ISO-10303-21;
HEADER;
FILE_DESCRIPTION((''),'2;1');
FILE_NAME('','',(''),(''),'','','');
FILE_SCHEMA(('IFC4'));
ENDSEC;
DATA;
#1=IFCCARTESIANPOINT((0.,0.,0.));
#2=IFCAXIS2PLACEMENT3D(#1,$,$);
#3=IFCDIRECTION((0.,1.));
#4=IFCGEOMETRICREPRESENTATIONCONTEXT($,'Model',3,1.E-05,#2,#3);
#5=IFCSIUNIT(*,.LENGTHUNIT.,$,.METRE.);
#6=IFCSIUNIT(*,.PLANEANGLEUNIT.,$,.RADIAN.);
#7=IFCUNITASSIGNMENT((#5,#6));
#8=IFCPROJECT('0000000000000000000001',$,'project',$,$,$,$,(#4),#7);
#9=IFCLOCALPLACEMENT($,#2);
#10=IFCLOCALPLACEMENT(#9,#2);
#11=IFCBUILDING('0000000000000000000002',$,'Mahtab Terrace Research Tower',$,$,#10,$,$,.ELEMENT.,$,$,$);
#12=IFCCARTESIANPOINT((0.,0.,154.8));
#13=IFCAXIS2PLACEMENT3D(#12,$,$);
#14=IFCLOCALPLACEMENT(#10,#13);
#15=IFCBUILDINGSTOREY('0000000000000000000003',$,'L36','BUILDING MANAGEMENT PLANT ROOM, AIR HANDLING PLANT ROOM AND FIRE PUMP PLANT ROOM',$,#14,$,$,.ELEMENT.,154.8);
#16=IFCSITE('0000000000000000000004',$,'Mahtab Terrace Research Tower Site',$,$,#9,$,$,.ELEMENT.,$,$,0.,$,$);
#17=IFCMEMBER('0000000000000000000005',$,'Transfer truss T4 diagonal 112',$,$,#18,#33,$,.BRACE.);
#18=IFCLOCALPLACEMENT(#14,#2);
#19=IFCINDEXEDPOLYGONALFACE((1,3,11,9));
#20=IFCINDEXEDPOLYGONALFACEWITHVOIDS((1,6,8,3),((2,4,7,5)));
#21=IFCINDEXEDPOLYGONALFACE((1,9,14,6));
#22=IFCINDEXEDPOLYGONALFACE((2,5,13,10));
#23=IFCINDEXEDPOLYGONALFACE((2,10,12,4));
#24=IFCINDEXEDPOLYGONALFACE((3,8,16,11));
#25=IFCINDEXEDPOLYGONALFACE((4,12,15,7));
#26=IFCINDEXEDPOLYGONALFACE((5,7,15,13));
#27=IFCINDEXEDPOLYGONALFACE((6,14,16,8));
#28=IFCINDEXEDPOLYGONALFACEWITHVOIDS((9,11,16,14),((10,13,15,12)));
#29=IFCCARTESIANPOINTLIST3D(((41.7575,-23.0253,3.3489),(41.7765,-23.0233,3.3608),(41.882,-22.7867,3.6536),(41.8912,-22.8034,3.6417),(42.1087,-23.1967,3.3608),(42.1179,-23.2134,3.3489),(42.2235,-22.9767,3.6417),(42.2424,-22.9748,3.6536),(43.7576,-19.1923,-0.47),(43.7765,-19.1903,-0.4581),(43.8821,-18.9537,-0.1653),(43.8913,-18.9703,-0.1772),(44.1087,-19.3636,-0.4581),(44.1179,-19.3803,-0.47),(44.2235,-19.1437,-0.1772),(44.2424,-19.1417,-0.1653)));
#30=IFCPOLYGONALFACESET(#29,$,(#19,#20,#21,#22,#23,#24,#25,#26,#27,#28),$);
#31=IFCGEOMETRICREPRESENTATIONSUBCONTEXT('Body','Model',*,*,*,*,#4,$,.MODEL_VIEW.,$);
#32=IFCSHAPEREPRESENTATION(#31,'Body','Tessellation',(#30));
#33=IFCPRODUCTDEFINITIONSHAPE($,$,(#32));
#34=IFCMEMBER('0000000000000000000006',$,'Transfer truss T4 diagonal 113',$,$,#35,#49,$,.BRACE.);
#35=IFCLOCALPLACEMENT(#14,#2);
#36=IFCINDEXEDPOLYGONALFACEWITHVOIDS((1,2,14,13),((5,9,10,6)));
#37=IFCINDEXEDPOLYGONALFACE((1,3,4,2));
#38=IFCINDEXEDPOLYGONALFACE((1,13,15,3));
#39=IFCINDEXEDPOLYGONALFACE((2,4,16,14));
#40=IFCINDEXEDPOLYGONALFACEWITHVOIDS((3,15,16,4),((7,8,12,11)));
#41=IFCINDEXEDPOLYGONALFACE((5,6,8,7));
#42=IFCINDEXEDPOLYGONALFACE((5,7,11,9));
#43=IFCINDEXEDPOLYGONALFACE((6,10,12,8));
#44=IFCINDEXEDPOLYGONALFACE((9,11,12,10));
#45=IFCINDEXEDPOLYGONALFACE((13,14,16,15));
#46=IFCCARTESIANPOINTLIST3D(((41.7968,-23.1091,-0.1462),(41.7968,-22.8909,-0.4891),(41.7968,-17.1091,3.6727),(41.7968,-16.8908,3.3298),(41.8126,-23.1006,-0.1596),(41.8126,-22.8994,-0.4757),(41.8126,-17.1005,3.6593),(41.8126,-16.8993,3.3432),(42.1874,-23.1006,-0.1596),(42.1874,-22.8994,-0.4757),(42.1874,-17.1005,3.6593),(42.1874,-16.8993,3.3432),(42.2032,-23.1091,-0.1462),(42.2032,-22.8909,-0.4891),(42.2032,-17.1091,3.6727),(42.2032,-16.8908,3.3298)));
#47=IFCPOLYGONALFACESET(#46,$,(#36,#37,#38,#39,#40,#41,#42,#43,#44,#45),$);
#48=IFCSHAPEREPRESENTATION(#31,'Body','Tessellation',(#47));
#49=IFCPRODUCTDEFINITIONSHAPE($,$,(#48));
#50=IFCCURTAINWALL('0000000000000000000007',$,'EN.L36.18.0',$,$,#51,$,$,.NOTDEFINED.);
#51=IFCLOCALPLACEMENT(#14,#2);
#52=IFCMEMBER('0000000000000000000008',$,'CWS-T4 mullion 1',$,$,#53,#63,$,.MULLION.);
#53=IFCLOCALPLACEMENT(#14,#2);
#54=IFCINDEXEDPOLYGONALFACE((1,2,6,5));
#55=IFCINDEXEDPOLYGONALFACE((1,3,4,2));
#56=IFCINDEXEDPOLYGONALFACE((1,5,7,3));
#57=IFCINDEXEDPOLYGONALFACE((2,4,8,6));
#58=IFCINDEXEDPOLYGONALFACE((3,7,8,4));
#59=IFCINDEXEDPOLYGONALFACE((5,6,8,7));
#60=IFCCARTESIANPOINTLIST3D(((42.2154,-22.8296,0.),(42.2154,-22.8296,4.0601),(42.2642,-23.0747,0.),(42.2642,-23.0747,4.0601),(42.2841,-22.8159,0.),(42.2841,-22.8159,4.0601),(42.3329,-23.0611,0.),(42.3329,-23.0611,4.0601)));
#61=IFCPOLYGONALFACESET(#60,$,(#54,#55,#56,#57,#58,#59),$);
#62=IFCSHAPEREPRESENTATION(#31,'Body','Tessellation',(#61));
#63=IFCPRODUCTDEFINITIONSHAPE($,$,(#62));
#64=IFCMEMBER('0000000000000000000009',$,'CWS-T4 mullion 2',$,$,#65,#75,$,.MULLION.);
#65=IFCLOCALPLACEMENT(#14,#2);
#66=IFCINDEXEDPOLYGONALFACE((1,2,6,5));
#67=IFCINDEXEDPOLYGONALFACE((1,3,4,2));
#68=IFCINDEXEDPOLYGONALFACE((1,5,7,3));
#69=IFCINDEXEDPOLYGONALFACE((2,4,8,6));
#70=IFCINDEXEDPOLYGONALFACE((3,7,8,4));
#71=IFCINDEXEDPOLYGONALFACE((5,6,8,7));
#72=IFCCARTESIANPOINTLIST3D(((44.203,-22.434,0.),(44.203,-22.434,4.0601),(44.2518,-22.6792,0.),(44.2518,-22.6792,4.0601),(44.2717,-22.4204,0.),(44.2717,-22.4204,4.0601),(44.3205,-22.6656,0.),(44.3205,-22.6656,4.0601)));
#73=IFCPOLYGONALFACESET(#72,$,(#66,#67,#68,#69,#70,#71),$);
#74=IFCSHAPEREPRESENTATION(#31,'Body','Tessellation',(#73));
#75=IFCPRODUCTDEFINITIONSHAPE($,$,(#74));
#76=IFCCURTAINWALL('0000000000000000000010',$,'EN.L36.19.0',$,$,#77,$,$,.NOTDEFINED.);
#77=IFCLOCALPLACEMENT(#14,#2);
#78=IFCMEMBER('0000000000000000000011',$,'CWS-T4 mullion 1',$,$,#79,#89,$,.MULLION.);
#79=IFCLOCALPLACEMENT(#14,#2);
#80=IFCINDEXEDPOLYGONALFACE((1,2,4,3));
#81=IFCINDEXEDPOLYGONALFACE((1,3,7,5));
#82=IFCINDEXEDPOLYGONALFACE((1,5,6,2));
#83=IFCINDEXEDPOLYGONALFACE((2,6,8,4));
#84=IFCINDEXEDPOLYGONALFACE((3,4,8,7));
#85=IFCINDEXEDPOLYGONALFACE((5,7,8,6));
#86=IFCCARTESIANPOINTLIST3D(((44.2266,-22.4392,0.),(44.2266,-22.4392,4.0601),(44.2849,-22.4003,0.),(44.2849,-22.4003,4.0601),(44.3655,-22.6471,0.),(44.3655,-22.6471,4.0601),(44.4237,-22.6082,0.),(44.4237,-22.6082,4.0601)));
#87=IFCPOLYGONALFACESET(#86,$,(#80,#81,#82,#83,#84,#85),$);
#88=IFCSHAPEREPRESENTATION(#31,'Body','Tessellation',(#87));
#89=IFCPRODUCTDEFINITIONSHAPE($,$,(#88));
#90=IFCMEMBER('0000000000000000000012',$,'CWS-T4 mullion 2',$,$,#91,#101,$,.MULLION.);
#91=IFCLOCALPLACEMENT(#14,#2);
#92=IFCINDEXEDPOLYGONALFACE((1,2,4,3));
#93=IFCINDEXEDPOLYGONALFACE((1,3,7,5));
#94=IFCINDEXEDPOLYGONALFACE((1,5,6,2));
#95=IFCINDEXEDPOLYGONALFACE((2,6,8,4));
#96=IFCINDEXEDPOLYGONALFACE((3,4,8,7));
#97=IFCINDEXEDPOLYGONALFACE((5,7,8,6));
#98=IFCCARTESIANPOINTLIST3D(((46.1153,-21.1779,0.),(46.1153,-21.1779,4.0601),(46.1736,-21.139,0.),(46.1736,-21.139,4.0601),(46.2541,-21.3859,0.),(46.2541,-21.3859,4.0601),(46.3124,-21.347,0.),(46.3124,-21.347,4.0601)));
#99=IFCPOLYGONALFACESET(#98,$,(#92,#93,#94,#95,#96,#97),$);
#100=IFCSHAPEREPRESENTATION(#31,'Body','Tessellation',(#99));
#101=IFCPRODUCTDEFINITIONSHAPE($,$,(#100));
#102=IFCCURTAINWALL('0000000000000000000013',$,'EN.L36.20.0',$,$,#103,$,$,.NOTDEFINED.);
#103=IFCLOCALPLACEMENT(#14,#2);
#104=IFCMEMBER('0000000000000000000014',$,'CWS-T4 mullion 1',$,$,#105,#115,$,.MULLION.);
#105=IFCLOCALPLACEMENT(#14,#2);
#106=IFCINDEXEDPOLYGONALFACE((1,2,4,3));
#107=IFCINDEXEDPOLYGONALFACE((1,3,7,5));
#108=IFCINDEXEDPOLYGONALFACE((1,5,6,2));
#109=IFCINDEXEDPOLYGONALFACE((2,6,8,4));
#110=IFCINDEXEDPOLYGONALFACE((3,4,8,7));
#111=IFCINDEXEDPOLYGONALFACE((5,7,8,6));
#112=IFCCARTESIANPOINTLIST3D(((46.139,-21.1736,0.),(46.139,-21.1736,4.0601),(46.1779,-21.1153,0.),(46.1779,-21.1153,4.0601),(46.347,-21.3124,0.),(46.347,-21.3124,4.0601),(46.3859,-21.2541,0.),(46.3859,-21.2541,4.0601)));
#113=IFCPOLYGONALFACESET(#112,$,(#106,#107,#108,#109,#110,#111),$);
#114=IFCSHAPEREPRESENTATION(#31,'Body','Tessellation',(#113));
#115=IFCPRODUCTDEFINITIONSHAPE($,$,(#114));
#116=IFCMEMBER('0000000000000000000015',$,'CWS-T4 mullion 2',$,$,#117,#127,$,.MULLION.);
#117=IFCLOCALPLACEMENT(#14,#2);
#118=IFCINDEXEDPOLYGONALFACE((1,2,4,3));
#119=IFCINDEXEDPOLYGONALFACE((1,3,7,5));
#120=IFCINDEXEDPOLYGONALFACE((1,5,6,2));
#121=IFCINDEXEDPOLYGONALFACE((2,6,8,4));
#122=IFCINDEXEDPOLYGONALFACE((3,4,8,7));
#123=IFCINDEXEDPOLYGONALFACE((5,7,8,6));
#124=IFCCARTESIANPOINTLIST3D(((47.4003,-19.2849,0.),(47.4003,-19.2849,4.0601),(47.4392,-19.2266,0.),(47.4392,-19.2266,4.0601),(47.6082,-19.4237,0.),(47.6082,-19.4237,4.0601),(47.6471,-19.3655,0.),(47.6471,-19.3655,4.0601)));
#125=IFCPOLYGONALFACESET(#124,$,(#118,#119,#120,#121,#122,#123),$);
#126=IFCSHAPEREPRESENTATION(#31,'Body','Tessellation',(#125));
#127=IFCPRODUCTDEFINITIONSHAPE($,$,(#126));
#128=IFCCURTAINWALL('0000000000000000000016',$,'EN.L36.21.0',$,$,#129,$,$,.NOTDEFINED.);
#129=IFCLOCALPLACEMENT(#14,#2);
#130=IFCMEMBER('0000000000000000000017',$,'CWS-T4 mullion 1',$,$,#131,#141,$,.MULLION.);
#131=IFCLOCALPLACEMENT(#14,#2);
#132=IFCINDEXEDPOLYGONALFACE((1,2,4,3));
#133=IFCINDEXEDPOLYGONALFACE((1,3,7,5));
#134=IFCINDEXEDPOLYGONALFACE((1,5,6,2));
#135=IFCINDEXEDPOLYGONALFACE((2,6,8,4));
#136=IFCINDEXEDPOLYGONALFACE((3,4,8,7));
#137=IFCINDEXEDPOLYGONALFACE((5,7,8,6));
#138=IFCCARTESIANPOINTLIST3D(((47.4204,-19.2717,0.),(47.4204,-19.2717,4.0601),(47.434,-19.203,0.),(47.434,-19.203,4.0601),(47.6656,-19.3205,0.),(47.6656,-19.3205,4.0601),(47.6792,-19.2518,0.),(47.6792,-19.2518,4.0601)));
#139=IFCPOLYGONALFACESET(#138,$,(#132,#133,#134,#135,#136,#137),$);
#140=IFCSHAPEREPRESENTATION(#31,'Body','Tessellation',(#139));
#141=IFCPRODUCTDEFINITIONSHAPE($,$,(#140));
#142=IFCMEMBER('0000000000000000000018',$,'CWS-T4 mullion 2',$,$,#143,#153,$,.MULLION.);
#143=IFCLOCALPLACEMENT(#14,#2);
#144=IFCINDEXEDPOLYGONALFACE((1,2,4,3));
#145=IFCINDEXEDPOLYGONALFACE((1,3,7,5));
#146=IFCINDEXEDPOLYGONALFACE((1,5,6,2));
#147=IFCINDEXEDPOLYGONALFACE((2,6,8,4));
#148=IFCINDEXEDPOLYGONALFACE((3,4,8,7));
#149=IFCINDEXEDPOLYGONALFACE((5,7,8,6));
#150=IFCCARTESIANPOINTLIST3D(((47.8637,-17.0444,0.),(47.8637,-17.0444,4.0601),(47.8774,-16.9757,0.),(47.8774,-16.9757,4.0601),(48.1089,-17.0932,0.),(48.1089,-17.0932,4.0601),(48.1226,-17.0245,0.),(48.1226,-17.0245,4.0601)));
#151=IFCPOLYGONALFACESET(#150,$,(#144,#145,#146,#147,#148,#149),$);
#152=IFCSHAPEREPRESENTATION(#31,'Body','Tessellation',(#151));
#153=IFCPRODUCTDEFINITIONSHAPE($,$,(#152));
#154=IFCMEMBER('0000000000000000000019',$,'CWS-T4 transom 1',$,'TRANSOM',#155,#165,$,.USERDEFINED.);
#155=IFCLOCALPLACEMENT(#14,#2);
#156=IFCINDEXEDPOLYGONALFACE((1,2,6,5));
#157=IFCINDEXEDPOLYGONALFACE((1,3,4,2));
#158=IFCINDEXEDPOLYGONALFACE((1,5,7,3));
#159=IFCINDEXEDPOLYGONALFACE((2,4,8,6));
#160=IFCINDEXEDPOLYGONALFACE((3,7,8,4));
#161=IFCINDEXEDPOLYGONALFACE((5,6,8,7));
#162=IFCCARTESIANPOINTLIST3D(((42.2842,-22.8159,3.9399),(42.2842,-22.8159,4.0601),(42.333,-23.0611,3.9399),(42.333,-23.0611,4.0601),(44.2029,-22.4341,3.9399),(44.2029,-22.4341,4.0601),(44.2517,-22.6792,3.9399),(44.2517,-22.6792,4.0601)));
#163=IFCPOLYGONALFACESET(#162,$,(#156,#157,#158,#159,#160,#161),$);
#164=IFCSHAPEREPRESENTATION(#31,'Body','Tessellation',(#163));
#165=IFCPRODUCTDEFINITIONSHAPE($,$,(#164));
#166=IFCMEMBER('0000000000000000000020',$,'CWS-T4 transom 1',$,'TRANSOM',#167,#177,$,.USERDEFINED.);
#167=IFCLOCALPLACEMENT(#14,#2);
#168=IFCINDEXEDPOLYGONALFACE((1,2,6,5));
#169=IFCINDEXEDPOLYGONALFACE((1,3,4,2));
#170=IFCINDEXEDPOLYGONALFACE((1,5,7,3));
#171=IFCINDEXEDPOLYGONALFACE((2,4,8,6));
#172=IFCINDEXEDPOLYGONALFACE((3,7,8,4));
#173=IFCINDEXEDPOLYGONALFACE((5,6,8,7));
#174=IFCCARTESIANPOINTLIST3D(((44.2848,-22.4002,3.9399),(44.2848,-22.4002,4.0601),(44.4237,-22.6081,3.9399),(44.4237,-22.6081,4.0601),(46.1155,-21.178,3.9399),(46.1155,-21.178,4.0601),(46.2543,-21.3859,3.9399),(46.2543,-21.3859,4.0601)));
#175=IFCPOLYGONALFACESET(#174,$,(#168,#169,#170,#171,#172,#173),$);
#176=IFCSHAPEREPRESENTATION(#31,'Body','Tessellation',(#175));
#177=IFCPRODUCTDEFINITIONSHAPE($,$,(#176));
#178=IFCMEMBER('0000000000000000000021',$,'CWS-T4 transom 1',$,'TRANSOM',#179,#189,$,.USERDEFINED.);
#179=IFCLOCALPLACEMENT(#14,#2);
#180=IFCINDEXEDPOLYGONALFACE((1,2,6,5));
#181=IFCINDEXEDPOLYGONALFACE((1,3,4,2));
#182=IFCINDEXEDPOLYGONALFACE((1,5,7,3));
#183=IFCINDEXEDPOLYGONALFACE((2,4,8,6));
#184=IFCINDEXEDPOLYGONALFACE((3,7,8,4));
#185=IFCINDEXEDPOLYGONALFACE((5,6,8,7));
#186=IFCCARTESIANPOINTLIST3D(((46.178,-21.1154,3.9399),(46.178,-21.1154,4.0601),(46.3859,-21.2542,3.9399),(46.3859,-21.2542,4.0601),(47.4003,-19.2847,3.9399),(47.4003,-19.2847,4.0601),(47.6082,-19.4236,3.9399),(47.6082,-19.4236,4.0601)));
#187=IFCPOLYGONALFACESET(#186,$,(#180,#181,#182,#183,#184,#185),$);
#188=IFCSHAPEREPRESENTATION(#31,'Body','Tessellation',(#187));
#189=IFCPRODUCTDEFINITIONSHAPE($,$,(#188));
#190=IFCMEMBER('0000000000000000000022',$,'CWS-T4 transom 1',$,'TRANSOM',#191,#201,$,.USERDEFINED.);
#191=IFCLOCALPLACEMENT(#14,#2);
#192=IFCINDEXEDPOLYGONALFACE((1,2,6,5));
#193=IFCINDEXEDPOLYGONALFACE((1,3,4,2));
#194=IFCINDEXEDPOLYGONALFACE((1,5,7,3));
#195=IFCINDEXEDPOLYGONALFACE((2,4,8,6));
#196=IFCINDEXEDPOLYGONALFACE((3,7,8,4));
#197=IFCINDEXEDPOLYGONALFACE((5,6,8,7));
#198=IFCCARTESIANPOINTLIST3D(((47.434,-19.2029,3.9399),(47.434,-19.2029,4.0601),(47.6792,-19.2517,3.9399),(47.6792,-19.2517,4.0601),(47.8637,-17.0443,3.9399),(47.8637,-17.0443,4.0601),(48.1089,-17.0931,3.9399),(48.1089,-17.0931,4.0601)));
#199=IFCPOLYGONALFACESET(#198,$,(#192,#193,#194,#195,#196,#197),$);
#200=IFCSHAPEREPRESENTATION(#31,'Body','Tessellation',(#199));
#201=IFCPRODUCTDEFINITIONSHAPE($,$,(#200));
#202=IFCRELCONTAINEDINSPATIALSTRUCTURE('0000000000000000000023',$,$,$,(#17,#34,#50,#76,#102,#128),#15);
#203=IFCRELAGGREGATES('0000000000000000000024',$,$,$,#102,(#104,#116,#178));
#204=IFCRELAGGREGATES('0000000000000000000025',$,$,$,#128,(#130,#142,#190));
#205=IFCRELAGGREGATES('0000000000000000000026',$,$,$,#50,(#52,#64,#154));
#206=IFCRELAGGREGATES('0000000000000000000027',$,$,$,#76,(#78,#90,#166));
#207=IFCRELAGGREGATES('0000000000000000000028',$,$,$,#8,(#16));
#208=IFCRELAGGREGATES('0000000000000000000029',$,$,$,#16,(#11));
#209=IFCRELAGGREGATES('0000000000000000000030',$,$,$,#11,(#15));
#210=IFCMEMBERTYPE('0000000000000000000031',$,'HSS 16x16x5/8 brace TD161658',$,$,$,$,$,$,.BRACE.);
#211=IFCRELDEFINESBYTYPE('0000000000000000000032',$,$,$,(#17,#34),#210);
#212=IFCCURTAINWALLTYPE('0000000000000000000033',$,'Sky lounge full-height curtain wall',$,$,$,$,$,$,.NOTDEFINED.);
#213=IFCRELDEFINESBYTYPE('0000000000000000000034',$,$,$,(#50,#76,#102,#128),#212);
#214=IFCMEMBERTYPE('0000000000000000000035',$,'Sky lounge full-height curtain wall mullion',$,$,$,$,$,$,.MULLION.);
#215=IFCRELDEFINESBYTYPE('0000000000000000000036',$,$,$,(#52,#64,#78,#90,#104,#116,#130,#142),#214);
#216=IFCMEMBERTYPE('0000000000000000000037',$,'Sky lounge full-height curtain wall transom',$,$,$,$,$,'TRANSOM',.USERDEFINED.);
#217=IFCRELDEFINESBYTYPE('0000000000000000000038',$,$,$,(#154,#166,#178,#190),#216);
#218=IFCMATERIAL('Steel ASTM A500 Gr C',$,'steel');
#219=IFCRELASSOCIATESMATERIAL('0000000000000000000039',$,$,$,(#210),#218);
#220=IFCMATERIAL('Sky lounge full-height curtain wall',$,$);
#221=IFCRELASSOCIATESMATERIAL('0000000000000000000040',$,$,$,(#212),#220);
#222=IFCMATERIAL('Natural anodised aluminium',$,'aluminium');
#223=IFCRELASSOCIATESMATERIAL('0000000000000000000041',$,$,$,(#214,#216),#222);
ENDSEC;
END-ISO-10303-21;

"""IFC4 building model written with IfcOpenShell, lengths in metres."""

from ifc_helpers import new_model, si_unit, direction, frame, origin, origin_2d, place, context, subcontext, project, spatial, rectangle, hollow_rectangle, extrude, material, material_profile, profile_set, type_object, element, aggregate, save


model = new_model("IFC4")

# Units and contexts
model_context = context("Model", 3, precision=1e-05, world=origin(), true_north=direction((0.0, 1.0)))
body_context = subcontext(model_context, "Body", "Model", "MODEL_VIEW")
ifc_project = project(units=[si_unit("LENGTHUNIT", "METRE"), si_unit("PLANEANGLEUNIT", "RADIAN")], contexts=[model_context])

# Site, building, storey
site_placement = place(None, origin())
site = spatial("IfcSite", under=ifc_project, at=site_placement, Name="Mahtab Terrace Research Tower Site", CompositionType="ELEMENT", RefElevation=0.0)
building_placement = place(site_placement, origin())
building = spatial("IfcBuilding", under=site, at=building_placement, Name="Mahtab Terrace Research Tower", CompositionType="ELEMENT")
storey_placement = place(building_placement, frame((0.0, 0.0, 154.8)))
storey = spatial("IfcBuildingStorey", under=building, at=storey_placement, Name="L36", Description="BUILDING MANAGEMENT PLANT ROOM, AIR HANDLING PLANT ROOM AND FIRE PUMP PLANT ROOM", CompositionType="ELEMENT", Elevation=154.8)

# Members
ifc_material_1 = material(Name="Steel ASTM A500 Gr C", Category="steel")
ifc_material_profile_1 = material_profile(ifc_material_1, hollow_rectangle(XDim=0.4065, YDim=0.4065, WallThickness=0.0159, at=origin_2d()), Name="HSS16X16X5/8")
ifc_profile_set_1 = profile_set([ifc_material_profile_1], Name="Steel ASTM A500 Gr C")
member_type_1 = type_object("IfcMemberType", Name="HSS 16x16x5/8 brace TD161658", PredefinedType="BRACE", material=ifc_profile_set_1)
member_1_placement = place(storey_placement, frame((44.0, -19.167, -0.3176), z_axis=(-0.346711, -0.664473, 0.662018), x_axis=(0.886569, -0.462597, 0.0)))
element("IfcMember", 1, at=member_1_placement, inside=storey, type_object=member_type_1, Name="Transfer truss T4 diagonal 112", PredefinedType="BRACE", context=body_context, shape_type="SweptSolid", body=[
    extrude(hollow_rectangle(XDim=0.4065, YDim=0.4065, WallThickness=0.0159, at=origin_2d()), origin(), (0.0, 0.0, 1.0), 5.7686),
])
member_2_placement = place(storey_placement, frame((42.0, -23.0, -0.3176), z_axis=(0.0, 0.843619, 0.536942), x_axis=(-1.0, 0.0, 0.0)))
element("IfcMember", 2, at=member_2_placement, inside=storey, type_object=member_type_1, Name="Transfer truss T4 diagonal 113", PredefinedType="BRACE", context=body_context, shape_type="SweptSolid", body=[
    extrude(hollow_rectangle(XDim=0.4065, YDim=0.4065, WallThickness=0.0159, at=origin_2d()), origin(), (0.0, 0.0, 1.0), 7.1123),
])

# Curtain walls, members
ifc_material_2 = material(Name="Sky lounge full-height curtain wall")
curtain_wall_type = type_object("IfcCurtainWallType", Name="Sky lounge full-height curtain wall", PredefinedType="NOTDEFINED", material=ifc_material_2)
curtain_wall_1_placement = place(storey_placement, origin())
curtain_wall_1 = element("IfcCurtainWall", 3, at=curtain_wall_1_placement, inside=storey, type_object=curtain_wall_type, Name="EN.L36.18.0", PredefinedType="NOTDEFINED")
ifc_material_3 = material(Name="Natural anodised aluminium", Category="aluminium")
ifc_material_profile_2 = material_profile(ifc_material_3, rectangle(XDim=0.25, YDim=0.0701, at=origin_2d()), Name="MULLION 70x250")
ifc_profile_set_2 = profile_set([ifc_material_profile_2], Name="Natural anodised aluminium")
member_type_2 = type_object("IfcMemberType", Name="Sky lounge full-height curtain wall mullion", PredefinedType="MULLION", material=ifc_profile_set_2)
member_3_placement = place(storey_placement, frame((42.2742, -22.9453, 0.0), z_axis=(0.0, 0.0, 1.0), x_axis=(-0.195212, 0.980761, 0.0)))
member_3 = element("IfcMember", 4, at=member_3_placement, type_object=member_type_2, Name="CWS-T4 mullion 1", PredefinedType="MULLION", context=body_context, shape_type="SweptSolid", body=[
    extrude(rectangle(XDim=0.25, YDim=0.0701, at=origin_2d()), origin(), (0.0, 0.0, 1.0), 4.0601),
])
member_4_placement = place(storey_placement, frame((44.2617, -22.5498, 0.0), z_axis=(0.0, 0.0, 1.0), x_axis=(-0.195212, 0.980761, 0.0)))
member_4 = element("IfcMember", 5, at=member_4_placement, type_object=member_type_2, Name="CWS-T4 mullion 2", PredefinedType="MULLION", context=body_context, shape_type="SweptSolid", body=[
    extrude(rectangle(XDim=0.25, YDim=0.0701, at=origin_2d()), origin(), (0.0, 0.0, 1.0), 4.0601),
])
curtain_wall_2_placement = place(storey_placement, origin())
curtain_wall_2 = element("IfcCurtainWall", 6, at=curtain_wall_2_placement, inside=storey, type_object=curtain_wall_type, Name="EN.L36.19.0", PredefinedType="NOTDEFINED")
member_5_placement = place(storey_placement, frame((44.3252, -22.5237, 0.0), z_axis=(0.0, 0.0, 1.0), x_axis=(-0.555291, 0.831656, 0.0)))
member_5 = element("IfcMember", 7, at=member_5_placement, type_object=member_type_2, Name="CWS-T4 mullion 1", PredefinedType="MULLION", context=body_context, shape_type="SweptSolid", body=[
    extrude(rectangle(XDim=0.25, YDim=0.0701, at=origin_2d()), origin(), (0.0, 0.0, 1.0), 4.0601),
])
member_6_placement = place(storey_placement, frame((46.2139, -21.2625, 0.0), z_axis=(0.0, 0.0, 1.0), x_axis=(-0.555291, 0.831656, 0.0)))
member_6 = element("IfcMember", 8, at=member_6_placement, type_object=member_type_2, Name="CWS-T4 mullion 2", PredefinedType="MULLION", context=body_context, shape_type="SweptSolid", body=[
    extrude(rectangle(XDim=0.25, YDim=0.0701, at=origin_2d()), origin(), (0.0, 0.0, 1.0), 4.0601),
])
curtain_wall_3_placement = place(storey_placement, origin())
curtain_wall_3 = element("IfcCurtainWall", 9, at=curtain_wall_3_placement, inside=storey, type_object=curtain_wall_type, Name="EN.L36.20.0", PredefinedType="NOTDEFINED")
member_7_placement = place(storey_placement, frame((46.2625, -21.2139, 0.0), z_axis=(0.0, 0.0, 1.0), x_axis=(-0.831656, 0.555291, 0.0)))
member_7 = element("IfcMember", 10, at=member_7_placement, type_object=member_type_2, Name="CWS-T4 mullion 1", PredefinedType="MULLION", context=body_context, shape_type="SweptSolid", body=[
    extrude(rectangle(XDim=0.25, YDim=0.0701, at=origin_2d()), origin(), (0.0, 0.0, 1.0), 4.0601),
])
member_8_placement = place(storey_placement, frame((47.5237, -19.3252, 0.0), z_axis=(0.0, 0.0, 1.0), x_axis=(-0.831656, 0.555291, 0.0)))
member_8 = element("IfcMember", 11, at=member_8_placement, type_object=member_type_2, Name="CWS-T4 mullion 2", PredefinedType="MULLION", context=body_context, shape_type="SweptSolid", body=[
    extrude(rectangle(XDim=0.25, YDim=0.0701, at=origin_2d()), origin(), (0.0, 0.0, 1.0), 4.0601),
])
curtain_wall_4_placement = place(storey_placement, origin())
curtain_wall_4 = element("IfcCurtainWall", 12, at=curtain_wall_4_placement, inside=storey, type_object=curtain_wall_type, Name="EN.L36.21.0", PredefinedType="NOTDEFINED")
member_9_placement = place(storey_placement, frame((47.5498, -19.2617, 0.0), z_axis=(0.0, 0.0, 1.0), x_axis=(-0.980761, 0.195212, 0.0)))
member_9 = element("IfcMember", 13, at=member_9_placement, type_object=member_type_2, Name="CWS-T4 mullion 1", PredefinedType="MULLION", context=body_context, shape_type="SweptSolid", body=[
    extrude(rectangle(XDim=0.25, YDim=0.0701, at=origin_2d()), origin(), (0.0, 0.0, 1.0), 4.0601),
])
member_10_placement = place(storey_placement, frame((47.9932, -17.0344, 0.0), z_axis=(0.0, 0.0, 1.0), x_axis=(-0.980761, 0.195212, 0.0)))
member_10 = element("IfcMember", 14, at=member_10_placement, type_object=member_type_2, Name="CWS-T4 mullion 2", PredefinedType="MULLION", context=body_context, shape_type="SweptSolid", body=[
    extrude(rectangle(XDim=0.25, YDim=0.0701, at=origin_2d()), origin(), (0.0, 0.0, 1.0), 4.0601),
])

# Members
ifc_material_profile_3 = material_profile(ifc_material_3, rectangle(XDim=0.25, YDim=0.1201, at=origin_2d()), Name="TRANSOM 120x250")
ifc_profile_set_3 = profile_set([ifc_material_profile_3], Name="Natural anodised aluminium")
member_type_3 = type_object("IfcMemberType", Name="Sky lounge full-height curtain wall transom", ElementType="TRANSOM", PredefinedType="USERDEFINED", material=ifc_profile_set_3)
member_11_placement = place(storey_placement, frame((42.3086, -22.9385, 4.0), z_axis=(0.980767, 0.19518, 0.0), x_axis=(-0.19518, 0.980767, 0.0)))
member_11 = element("IfcMember", 15, at=member_11_placement, type_object=member_type_3, Name="CWS-T4 transom 1", ObjectType="TRANSOM", PredefinedType="USERDEFINED", context=body_context, shape_type="SweptSolid", body=[
    extrude(rectangle(XDim=0.25, YDim=0.1201, at=origin_2d()), origin(), (0.0, 0.0, 1.0), 1.9563),
])
member_12_placement = place(storey_placement, frame((44.3542, -22.5042, 4.0), z_axis=(0.831675, 0.555263, 0.0), x_axis=(-0.555263, 0.831675, 0.0)))
member_12 = element("IfcMember", 16, at=member_12_placement, type_object=member_type_3, Name="CWS-T4 transom 1", ObjectType="TRANSOM", PredefinedType="USERDEFINED", context=body_context, shape_type="SweptSolid", body=[
    extrude(rectangle(XDim=0.25, YDim=0.1201, at=origin_2d()), origin(), (0.0, 0.0, 1.0), 2.2012),
])
member_13_placement = place(storey_placement, frame((46.282, -21.1848, 4.0), z_axis=(0.555263, 0.831675, 0.0), x_axis=(-0.831675, 0.555263, 0.0)))
member_13 = element("IfcMember", 17, at=member_13_placement, type_object=member_type_3, Name="CWS-T4 transom 1", ObjectType="TRANSOM", PredefinedType="USERDEFINED", context=body_context, shape_type="SweptSolid", body=[
    extrude(rectangle(XDim=0.25, YDim=0.1201, at=origin_2d()), origin(), (0.0, 0.0, 1.0), 2.2012),
])
member_14_placement = place(storey_placement, frame((47.5566, -19.2273, 4.0), z_axis=(0.19522, 0.980759, 0.0), x_axis=(-0.980759, 0.19522, 0.0)))
member_14 = element("IfcMember", 18, at=member_14_placement, type_object=member_type_3, Name="CWS-T4 transom 1", ObjectType="TRANSOM", PredefinedType="USERDEFINED", context=body_context, shape_type="SweptSolid", body=[
    extrude(rectangle(XDim=0.25, YDim=0.1201, at=origin_2d()), origin(), (0.0, 0.0, 1.0), 2.2009),
])

aggregate(curtain_wall_3, [member_7, member_8, member_13])
aggregate(curtain_wall_4, [member_9, member_10, member_14])
aggregate(curtain_wall_1, [member_3, member_4, member_11])
aggregate(curtain_wall_2, [member_5, member_6, member_12])

save(model, "model.ifc")
